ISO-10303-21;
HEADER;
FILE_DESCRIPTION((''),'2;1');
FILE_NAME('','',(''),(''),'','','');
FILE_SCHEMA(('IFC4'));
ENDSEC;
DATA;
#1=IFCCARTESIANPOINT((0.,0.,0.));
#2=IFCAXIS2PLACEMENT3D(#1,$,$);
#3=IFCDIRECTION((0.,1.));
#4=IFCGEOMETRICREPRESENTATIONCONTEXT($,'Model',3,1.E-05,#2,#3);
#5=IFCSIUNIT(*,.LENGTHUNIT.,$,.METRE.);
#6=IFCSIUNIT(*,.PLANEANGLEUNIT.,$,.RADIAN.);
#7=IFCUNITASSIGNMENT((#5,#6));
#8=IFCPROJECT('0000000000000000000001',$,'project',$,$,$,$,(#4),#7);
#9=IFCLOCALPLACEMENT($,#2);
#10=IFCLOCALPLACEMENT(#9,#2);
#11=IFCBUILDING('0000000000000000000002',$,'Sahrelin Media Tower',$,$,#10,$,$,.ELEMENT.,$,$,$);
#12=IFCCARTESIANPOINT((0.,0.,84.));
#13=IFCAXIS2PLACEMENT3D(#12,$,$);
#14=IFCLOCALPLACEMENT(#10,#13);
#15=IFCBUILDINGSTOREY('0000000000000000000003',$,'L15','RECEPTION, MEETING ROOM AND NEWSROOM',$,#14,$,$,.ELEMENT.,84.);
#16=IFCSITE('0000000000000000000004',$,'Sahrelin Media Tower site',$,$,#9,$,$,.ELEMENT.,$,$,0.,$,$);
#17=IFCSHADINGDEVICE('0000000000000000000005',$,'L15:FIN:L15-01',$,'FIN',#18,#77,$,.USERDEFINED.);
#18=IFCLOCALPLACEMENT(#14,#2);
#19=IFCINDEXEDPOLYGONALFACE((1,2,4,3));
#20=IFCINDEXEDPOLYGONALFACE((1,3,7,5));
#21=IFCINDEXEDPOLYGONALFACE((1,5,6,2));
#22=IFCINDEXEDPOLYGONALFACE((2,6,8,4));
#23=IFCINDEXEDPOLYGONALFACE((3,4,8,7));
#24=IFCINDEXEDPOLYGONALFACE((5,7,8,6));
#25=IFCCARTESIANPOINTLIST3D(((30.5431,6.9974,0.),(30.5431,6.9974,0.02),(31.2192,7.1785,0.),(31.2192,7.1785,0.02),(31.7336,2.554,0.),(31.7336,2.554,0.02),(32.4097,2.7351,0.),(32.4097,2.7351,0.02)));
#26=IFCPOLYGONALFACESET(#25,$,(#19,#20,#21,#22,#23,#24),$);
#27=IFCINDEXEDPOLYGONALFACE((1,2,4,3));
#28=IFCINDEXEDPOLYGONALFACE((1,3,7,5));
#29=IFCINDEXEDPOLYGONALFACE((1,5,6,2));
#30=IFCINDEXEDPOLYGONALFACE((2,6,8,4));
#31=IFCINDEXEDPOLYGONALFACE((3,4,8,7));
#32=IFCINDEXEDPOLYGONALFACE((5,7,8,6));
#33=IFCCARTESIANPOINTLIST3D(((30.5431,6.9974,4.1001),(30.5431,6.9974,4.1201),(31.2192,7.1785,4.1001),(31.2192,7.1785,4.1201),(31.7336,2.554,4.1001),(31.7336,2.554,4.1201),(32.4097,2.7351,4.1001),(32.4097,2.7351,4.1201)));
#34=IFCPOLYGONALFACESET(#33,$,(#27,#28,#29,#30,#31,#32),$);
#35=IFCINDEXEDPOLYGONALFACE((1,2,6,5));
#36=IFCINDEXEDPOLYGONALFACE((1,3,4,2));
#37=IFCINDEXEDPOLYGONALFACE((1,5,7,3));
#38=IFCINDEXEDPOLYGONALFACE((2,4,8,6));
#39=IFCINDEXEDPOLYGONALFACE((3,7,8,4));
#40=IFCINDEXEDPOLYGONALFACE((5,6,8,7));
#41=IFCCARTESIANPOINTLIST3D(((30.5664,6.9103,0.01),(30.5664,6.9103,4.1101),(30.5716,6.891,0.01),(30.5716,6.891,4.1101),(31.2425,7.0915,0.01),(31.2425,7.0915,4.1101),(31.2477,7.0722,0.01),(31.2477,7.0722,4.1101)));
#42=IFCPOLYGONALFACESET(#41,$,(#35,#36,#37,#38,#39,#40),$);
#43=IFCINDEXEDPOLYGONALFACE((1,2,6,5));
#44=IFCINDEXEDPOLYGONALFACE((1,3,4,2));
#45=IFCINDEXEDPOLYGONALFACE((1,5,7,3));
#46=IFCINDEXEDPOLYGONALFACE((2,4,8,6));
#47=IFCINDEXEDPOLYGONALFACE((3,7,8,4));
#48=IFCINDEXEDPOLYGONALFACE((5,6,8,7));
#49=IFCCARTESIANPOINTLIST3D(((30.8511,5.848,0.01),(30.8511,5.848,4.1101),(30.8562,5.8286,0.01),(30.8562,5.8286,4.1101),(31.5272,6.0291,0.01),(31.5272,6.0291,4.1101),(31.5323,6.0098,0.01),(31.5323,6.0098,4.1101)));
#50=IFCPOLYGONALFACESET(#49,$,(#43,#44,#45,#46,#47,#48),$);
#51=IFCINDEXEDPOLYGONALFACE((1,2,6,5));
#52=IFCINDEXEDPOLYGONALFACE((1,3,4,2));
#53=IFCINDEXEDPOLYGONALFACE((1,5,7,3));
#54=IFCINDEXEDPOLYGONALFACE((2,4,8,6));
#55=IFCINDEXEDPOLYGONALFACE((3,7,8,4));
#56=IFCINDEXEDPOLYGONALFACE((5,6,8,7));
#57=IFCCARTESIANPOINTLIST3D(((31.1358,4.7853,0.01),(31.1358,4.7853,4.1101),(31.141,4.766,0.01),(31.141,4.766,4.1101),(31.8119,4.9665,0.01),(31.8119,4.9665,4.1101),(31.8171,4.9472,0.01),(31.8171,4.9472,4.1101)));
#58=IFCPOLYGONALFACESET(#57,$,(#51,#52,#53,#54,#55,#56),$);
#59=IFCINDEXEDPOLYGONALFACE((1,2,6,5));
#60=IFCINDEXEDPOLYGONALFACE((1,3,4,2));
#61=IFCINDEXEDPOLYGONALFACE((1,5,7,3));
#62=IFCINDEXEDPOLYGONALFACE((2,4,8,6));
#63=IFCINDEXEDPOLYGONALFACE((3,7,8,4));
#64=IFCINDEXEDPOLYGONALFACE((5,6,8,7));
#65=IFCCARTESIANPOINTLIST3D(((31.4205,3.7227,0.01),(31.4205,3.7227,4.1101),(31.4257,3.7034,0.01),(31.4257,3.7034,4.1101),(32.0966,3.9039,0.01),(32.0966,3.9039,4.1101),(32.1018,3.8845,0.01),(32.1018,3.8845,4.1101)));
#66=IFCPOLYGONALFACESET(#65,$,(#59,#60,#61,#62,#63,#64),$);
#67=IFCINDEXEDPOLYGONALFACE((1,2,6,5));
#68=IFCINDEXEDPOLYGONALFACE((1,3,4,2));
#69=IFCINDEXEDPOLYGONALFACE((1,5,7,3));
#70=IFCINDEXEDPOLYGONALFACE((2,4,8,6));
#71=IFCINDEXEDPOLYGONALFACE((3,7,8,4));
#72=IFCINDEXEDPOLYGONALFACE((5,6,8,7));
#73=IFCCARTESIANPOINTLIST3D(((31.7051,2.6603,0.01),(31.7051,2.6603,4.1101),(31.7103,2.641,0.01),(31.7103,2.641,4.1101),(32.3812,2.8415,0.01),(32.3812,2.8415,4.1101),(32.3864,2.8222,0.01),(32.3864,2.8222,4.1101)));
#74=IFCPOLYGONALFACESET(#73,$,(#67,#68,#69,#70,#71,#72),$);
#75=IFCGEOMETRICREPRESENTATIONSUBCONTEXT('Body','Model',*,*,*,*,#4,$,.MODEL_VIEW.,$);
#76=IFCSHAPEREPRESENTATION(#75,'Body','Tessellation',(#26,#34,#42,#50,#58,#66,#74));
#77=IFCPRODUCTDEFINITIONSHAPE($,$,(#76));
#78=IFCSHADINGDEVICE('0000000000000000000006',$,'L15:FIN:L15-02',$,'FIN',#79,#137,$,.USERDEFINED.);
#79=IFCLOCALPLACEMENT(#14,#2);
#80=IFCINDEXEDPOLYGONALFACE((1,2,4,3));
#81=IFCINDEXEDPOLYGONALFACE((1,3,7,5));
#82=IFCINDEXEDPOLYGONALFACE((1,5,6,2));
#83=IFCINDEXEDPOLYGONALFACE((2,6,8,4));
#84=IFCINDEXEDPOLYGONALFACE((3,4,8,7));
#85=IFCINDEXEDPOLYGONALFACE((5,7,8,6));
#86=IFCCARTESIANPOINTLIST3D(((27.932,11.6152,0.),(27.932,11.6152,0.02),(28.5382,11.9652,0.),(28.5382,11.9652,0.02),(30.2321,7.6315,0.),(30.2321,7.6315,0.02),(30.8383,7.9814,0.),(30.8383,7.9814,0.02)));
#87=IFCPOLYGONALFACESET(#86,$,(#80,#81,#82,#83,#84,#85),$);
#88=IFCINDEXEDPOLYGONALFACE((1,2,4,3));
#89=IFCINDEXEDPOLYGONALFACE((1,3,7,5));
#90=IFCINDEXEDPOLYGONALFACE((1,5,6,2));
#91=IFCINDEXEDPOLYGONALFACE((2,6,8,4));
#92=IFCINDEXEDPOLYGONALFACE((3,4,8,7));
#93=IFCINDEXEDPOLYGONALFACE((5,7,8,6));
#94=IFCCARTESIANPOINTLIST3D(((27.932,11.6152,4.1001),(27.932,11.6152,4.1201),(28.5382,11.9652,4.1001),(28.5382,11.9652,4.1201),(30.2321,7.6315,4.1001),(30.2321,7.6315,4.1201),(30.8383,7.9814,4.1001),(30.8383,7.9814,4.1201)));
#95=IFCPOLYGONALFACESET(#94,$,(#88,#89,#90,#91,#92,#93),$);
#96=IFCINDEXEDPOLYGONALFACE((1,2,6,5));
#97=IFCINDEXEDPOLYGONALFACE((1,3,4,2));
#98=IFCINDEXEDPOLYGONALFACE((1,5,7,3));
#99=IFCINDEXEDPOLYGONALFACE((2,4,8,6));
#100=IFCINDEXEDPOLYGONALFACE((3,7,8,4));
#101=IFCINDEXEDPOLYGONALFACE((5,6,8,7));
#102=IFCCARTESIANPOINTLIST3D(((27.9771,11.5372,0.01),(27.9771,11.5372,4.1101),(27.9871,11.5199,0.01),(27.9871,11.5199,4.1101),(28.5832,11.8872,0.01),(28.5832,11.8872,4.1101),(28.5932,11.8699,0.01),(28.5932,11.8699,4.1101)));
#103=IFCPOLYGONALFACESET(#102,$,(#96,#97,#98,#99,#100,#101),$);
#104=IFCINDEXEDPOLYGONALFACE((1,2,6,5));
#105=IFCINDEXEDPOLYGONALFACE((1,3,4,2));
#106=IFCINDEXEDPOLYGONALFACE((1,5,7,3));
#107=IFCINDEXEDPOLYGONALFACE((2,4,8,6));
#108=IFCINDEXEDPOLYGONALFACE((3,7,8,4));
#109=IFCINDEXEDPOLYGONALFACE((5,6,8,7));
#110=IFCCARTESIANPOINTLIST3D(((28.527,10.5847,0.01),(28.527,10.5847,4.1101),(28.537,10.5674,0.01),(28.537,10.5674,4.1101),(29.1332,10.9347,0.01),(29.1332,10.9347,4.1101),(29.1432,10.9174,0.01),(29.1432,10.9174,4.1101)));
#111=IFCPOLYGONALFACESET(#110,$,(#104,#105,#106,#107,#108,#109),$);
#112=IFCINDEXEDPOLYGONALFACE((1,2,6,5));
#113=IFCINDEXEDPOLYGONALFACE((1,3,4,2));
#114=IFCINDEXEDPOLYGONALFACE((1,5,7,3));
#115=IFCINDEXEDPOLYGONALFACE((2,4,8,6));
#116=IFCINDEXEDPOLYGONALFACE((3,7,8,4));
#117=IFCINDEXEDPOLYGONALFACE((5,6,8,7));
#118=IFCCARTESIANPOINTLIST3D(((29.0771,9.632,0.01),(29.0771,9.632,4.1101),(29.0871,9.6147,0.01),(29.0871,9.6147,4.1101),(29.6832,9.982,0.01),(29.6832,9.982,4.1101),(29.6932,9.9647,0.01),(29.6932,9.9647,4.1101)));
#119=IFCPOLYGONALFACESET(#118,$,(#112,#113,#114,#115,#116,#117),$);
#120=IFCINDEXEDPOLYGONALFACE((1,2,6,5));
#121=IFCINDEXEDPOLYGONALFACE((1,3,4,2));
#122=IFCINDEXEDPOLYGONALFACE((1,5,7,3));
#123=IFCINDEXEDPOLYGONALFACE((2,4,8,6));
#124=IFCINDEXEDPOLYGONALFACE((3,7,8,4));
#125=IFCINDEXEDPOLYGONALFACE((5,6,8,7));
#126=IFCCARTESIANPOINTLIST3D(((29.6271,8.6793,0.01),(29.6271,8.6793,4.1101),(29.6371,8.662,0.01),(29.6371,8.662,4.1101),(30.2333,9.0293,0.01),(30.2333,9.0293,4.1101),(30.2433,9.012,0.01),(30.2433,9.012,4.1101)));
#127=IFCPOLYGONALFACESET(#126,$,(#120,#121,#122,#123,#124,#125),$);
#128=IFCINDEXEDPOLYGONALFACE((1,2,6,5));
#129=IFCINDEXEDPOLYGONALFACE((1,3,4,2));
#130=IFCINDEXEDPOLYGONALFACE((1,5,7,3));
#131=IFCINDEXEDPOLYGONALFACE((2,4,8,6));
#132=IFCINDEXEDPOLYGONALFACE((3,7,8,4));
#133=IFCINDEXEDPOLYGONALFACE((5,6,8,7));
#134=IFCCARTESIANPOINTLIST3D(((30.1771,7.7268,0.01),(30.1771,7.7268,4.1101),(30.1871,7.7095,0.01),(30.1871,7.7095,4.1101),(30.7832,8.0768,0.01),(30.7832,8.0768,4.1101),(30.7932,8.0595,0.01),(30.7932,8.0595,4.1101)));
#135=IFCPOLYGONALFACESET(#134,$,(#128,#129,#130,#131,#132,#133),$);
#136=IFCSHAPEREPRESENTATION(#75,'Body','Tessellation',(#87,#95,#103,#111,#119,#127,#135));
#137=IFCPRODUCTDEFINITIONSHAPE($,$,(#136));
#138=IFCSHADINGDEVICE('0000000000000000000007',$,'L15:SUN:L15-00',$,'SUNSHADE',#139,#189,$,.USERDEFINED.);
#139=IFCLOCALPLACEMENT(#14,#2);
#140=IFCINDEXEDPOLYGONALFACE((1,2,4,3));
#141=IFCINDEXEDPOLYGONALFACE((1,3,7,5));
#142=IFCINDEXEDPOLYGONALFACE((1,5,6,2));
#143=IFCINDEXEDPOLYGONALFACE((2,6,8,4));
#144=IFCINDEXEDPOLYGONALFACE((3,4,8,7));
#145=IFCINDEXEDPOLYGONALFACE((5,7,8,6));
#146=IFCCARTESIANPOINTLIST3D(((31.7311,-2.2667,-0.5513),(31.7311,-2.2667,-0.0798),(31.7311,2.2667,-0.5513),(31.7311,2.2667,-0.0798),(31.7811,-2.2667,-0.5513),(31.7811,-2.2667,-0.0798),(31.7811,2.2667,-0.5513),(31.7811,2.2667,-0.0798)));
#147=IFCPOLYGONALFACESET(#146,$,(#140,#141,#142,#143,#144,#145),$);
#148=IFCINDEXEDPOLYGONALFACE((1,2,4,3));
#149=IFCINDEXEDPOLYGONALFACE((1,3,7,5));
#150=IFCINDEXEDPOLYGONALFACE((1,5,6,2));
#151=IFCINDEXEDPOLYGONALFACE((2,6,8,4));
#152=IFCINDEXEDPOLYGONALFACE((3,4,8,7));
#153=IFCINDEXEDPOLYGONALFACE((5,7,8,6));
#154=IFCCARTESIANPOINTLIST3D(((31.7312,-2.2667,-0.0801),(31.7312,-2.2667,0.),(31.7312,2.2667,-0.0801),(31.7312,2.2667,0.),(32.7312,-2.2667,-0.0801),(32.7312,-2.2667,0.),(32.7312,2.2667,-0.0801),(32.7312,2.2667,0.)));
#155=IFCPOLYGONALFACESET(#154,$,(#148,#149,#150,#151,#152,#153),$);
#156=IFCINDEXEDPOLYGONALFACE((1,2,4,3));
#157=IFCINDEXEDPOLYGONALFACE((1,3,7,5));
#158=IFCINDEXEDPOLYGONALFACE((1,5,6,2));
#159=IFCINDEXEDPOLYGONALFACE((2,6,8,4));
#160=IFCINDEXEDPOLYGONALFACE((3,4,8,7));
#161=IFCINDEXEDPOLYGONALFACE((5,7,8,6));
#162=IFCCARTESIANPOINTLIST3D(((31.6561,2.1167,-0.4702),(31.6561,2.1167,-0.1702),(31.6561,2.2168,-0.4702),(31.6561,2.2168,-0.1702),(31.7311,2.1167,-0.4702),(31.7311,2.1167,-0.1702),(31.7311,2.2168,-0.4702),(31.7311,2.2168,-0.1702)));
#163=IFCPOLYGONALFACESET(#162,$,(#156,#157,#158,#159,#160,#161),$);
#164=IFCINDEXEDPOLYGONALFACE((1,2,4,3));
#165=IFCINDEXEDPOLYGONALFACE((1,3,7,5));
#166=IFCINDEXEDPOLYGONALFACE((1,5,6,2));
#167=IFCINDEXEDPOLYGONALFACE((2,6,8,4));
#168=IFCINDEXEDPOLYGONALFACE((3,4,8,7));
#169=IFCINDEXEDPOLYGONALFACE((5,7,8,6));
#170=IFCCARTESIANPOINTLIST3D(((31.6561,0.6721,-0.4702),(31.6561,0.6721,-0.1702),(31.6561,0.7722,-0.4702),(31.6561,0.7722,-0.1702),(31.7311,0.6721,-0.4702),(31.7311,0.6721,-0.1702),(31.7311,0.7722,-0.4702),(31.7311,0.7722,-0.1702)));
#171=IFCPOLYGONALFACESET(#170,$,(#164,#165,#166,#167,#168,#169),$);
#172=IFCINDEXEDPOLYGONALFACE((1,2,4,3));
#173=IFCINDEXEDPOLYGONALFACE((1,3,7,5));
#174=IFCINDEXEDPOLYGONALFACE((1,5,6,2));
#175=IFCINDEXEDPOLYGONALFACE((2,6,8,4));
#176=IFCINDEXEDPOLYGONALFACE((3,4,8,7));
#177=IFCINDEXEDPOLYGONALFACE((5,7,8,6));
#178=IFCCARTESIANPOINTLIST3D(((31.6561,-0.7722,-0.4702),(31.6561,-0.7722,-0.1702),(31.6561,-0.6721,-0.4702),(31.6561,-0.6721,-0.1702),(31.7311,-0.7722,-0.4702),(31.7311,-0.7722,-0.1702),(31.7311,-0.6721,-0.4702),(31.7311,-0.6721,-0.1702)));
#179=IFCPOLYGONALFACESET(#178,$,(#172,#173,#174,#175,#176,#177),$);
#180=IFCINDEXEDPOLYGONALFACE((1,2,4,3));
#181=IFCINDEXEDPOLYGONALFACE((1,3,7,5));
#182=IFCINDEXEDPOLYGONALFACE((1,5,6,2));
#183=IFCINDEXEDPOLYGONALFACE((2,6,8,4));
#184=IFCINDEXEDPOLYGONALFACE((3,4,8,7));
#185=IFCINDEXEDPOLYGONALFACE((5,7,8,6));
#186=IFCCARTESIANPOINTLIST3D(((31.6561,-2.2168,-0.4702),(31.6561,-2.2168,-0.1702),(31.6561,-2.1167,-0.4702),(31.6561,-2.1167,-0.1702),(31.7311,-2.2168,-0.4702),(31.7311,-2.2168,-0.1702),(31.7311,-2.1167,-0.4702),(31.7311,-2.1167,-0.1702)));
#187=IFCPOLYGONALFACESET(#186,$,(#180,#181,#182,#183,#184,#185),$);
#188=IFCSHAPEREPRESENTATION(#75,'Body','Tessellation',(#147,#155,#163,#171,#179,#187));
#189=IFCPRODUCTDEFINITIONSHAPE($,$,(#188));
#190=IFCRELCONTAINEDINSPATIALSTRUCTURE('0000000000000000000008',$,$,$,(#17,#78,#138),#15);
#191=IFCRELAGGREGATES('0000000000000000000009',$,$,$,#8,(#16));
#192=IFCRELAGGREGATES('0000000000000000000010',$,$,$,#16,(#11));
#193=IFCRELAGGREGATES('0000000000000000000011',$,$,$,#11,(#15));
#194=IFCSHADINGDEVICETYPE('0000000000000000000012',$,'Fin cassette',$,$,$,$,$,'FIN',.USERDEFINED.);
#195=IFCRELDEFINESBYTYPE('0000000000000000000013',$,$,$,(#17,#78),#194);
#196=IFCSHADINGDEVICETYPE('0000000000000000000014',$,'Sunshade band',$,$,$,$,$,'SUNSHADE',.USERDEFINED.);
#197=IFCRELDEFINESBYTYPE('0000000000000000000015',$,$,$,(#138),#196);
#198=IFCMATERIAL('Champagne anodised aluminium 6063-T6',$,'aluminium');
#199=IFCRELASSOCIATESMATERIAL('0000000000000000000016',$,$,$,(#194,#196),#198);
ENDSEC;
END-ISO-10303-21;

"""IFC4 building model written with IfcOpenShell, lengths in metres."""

from ifc_helpers import new_model, si_unit, direction, frame, origin, origin_2d, place, context, subcontext, project, spatial, rectangle, extrude, material, type_object, element, save


model = new_model("IFC4")

# Units and contexts
model_context = context("Model", 3, precision=1e-05, world=origin(), true_north=direction((0.0, 1.0)))
body_context = subcontext(model_context, "Body", "Model", "MODEL_VIEW")
ifc_project = project(units=[si_unit("LENGTHUNIT", "METRE"), si_unit("PLANEANGLEUNIT", "RADIAN")], contexts=[model_context])

# Site, building, storey
site_placement = place(None, origin())
site = spatial("IfcSite", under=ifc_project, at=site_placement, Name="Sahrelin Media Tower site", CompositionType="ELEMENT", RefElevation=0.0)
building_placement = place(site_placement, origin())
building = spatial("IfcBuilding", under=site, at=building_placement, Name="Sahrelin Media Tower", CompositionType="ELEMENT")
storey_placement = place(building_placement, frame((0.0, 0.0, 84.0)))
storey = spatial("IfcBuildingStorey", under=building, at=storey_placement, Name="L15", Description="RECEPTION, MEETING ROOM AND NEWSROOM", CompositionType="ELEMENT", Elevation=84.0)

# Shared definitions
ifc_material_1 = material(Name="Champagne anodised aluminium 6063-T6", Category="aluminium")

# Shading devices
shading_device_type_1 = type_object("IfcShadingDeviceType", Name="Fin cassette", ElementType="FIN", PredefinedType="USERDEFINED", material=ifc_material_1)
placement_1 = place(storey_placement, frame((31.7112, 0.0, 0.0), z_axis=(0.0, 0.0, 1.0), x_axis=(0.0, -1.0, 0.0)))
placement_2 = place(storey_placement, frame((31.0708, 4.7576, 0.0), z_axis=(0.0, 0.0, 1.0), x_axis=(0.258808, -0.965929, 0.0)))
element("IfcShadingDevice", 1, at=placement_2, inside=storey, type_object=shading_device_type_1, Name="L15:FIN:L15-01", ObjectType="FIN", PredefinedType="USERDEFINED", context=body_context, shape_type="SweptSolid", body=[
    extrude(rectangle(XDim=4.6001, YDim=0.7, at=origin_2d()), frame((0.0, 0.4199, 0.0)), (0.0, 0.0, 1.0), 0.02),
    extrude(rectangle(XDim=4.6001, YDim=0.7, at=origin_2d()), frame((0.0, 0.4199, 4.1001)), (0.0, 0.0, 1.0), 0.02),
    extrude(rectangle(XDim=0.02, YDim=0.7, at=origin_2d()), frame((-2.2, 0.4199, 0.01), z_axis=(0.0, 0.0, 1.0), x_axis=(1.0, 0.0, 0.0)), (0.0, 0.0, 1.0), 4.1001),
    extrude(rectangle(XDim=0.02, YDim=0.7, at=origin_2d()), frame((-1.1001, 0.4199, 0.01), z_axis=(0.0, 0.0, 1.0), x_axis=(1.0, 0.0, 0.0)), (0.0, 0.0, 1.0), 4.1001),
    extrude(rectangle(XDim=0.02, YDim=0.7, at=origin_2d()), frame((0.0, 0.4199, 0.01), z_axis=(0.0, 0.0, 1.0), x_axis=(1.0, 0.0, 0.0)), (0.0, 0.0, 1.0), 4.1001),
    extrude(rectangle(XDim=0.02, YDim=0.7, at=origin_2d()), frame((1.1001, 0.4199, 0.01), z_axis=(0.0, 0.0, 1.0), x_axis=(1.0, 0.0, 0.0)), (0.0, 0.0, 1.0), 4.1001),
    extrude(rectangle(XDim=0.02, YDim=0.7, at=origin_2d()), frame((2.2, 0.4199, 0.01), z_axis=(0.0, 0.0, 1.0), x_axis=(1.0, 0.0, 0.0)), (0.0, 0.0, 1.0), 4.1001),
])
placement_3 = place(storey_placement, frame((29.0215, 9.5884, 0.0), z_axis=(0.0, 0.0, 1.0), x_axis=(0.500011, -0.866019, 0.0)))
element("IfcShadingDevice", 2, at=placement_3, inside=storey, type_object=shading_device_type_1, Name="L15:FIN:L15-02", ObjectType="FIN", PredefinedType="USERDEFINED", context=body_context, shape_type="SweptSolid", body=[
    extrude(rectangle(XDim=4.6001, YDim=0.7, at=origin_2d()), frame((0.0, 0.4199, 0.0)), (0.0, 0.0, 1.0), 0.02),
    extrude(rectangle(XDim=4.6001, YDim=0.7, at=origin_2d()), frame((0.0, 0.4199, 4.1001)), (0.0, 0.0, 1.0), 0.02),
    extrude(rectangle(XDim=0.02, YDim=0.7, at=origin_2d()), frame((-2.2, 0.4199, 0.01), z_axis=(0.0, 0.0, 1.0), x_axis=(1.0, 0.0, 0.0)), (0.0, 0.0, 1.0), 4.1001),
    extrude(rectangle(XDim=0.02, YDim=0.7, at=origin_2d()), frame((-1.1001, 0.4199, 0.01), z_axis=(0.0, 0.0, 1.0), x_axis=(1.0, 0.0, 0.0)), (0.0, 0.0, 1.0), 4.1001),
    extrude(rectangle(XDim=0.02, YDim=0.7, at=origin_2d()), frame((0.0, 0.4199, 0.01), z_axis=(0.0, 0.0, 1.0), x_axis=(1.0, 0.0, 0.0)), (0.0, 0.0, 1.0), 4.1001),
    extrude(rectangle(XDim=0.02, YDim=0.7, at=origin_2d()), frame((1.1001, 0.4199, 0.01), z_axis=(0.0, 0.0, 1.0), x_axis=(1.0, 0.0, 0.0)), (0.0, 0.0, 1.0), 4.1001),
    extrude(rectangle(XDim=0.02, YDim=0.7, at=origin_2d()), frame((2.2, 0.4199, 0.01), z_axis=(0.0, 0.0, 1.0), x_axis=(1.0, 0.0, 0.0)), (0.0, 0.0, 1.0), 4.1001),
])
shading_device_type_2 = type_object("IfcShadingDeviceType", Name="Sunshade band", ElementType="SUNSHADE", PredefinedType="USERDEFINED", material=ifc_material_1)
element("IfcShadingDevice", 3, at=placement_1, inside=storey, type_object=shading_device_type_2, Name="L15:SUN:L15-00", ObjectType="SUNSHADE", PredefinedType="USERDEFINED", context=body_context, shape_type="SweptSolid", body=[
    extrude(rectangle(XDim=4.5334, YDim=0.05, at=origin_2d()), frame((0.0, 0.0449, -0.5513)), (0.0, 0.0, 1.0), 0.4714),
    extrude(rectangle(XDim=4.5334, YDim=1.0, at=origin_2d()), frame((0.0, 0.52, -0.0801)), (0.0, 0.0, 1.0), 0.0801),
    extrude(rectangle(XDim=0.1001, YDim=0.075, at=origin_2d()), frame((-2.1667, -0.0176, -0.4702)), (0.0, 0.0, 1.0), 0.3),
    extrude(rectangle(XDim=0.1001, YDim=0.075, at=origin_2d()), frame((-0.7222, -0.0176, -0.4702)), (0.0, 0.0, 1.0), 0.3),
    extrude(rectangle(XDim=0.1001, YDim=0.075, at=origin_2d()), frame((0.7222, -0.0176, -0.4702)), (0.0, 0.0, 1.0), 0.3),
    extrude(rectangle(XDim=0.1001, YDim=0.075, at=origin_2d()), frame((2.1667, -0.0176, -0.4702)), (0.0, 0.0, 1.0), 0.3),
])

save(model, "model.ifc")
